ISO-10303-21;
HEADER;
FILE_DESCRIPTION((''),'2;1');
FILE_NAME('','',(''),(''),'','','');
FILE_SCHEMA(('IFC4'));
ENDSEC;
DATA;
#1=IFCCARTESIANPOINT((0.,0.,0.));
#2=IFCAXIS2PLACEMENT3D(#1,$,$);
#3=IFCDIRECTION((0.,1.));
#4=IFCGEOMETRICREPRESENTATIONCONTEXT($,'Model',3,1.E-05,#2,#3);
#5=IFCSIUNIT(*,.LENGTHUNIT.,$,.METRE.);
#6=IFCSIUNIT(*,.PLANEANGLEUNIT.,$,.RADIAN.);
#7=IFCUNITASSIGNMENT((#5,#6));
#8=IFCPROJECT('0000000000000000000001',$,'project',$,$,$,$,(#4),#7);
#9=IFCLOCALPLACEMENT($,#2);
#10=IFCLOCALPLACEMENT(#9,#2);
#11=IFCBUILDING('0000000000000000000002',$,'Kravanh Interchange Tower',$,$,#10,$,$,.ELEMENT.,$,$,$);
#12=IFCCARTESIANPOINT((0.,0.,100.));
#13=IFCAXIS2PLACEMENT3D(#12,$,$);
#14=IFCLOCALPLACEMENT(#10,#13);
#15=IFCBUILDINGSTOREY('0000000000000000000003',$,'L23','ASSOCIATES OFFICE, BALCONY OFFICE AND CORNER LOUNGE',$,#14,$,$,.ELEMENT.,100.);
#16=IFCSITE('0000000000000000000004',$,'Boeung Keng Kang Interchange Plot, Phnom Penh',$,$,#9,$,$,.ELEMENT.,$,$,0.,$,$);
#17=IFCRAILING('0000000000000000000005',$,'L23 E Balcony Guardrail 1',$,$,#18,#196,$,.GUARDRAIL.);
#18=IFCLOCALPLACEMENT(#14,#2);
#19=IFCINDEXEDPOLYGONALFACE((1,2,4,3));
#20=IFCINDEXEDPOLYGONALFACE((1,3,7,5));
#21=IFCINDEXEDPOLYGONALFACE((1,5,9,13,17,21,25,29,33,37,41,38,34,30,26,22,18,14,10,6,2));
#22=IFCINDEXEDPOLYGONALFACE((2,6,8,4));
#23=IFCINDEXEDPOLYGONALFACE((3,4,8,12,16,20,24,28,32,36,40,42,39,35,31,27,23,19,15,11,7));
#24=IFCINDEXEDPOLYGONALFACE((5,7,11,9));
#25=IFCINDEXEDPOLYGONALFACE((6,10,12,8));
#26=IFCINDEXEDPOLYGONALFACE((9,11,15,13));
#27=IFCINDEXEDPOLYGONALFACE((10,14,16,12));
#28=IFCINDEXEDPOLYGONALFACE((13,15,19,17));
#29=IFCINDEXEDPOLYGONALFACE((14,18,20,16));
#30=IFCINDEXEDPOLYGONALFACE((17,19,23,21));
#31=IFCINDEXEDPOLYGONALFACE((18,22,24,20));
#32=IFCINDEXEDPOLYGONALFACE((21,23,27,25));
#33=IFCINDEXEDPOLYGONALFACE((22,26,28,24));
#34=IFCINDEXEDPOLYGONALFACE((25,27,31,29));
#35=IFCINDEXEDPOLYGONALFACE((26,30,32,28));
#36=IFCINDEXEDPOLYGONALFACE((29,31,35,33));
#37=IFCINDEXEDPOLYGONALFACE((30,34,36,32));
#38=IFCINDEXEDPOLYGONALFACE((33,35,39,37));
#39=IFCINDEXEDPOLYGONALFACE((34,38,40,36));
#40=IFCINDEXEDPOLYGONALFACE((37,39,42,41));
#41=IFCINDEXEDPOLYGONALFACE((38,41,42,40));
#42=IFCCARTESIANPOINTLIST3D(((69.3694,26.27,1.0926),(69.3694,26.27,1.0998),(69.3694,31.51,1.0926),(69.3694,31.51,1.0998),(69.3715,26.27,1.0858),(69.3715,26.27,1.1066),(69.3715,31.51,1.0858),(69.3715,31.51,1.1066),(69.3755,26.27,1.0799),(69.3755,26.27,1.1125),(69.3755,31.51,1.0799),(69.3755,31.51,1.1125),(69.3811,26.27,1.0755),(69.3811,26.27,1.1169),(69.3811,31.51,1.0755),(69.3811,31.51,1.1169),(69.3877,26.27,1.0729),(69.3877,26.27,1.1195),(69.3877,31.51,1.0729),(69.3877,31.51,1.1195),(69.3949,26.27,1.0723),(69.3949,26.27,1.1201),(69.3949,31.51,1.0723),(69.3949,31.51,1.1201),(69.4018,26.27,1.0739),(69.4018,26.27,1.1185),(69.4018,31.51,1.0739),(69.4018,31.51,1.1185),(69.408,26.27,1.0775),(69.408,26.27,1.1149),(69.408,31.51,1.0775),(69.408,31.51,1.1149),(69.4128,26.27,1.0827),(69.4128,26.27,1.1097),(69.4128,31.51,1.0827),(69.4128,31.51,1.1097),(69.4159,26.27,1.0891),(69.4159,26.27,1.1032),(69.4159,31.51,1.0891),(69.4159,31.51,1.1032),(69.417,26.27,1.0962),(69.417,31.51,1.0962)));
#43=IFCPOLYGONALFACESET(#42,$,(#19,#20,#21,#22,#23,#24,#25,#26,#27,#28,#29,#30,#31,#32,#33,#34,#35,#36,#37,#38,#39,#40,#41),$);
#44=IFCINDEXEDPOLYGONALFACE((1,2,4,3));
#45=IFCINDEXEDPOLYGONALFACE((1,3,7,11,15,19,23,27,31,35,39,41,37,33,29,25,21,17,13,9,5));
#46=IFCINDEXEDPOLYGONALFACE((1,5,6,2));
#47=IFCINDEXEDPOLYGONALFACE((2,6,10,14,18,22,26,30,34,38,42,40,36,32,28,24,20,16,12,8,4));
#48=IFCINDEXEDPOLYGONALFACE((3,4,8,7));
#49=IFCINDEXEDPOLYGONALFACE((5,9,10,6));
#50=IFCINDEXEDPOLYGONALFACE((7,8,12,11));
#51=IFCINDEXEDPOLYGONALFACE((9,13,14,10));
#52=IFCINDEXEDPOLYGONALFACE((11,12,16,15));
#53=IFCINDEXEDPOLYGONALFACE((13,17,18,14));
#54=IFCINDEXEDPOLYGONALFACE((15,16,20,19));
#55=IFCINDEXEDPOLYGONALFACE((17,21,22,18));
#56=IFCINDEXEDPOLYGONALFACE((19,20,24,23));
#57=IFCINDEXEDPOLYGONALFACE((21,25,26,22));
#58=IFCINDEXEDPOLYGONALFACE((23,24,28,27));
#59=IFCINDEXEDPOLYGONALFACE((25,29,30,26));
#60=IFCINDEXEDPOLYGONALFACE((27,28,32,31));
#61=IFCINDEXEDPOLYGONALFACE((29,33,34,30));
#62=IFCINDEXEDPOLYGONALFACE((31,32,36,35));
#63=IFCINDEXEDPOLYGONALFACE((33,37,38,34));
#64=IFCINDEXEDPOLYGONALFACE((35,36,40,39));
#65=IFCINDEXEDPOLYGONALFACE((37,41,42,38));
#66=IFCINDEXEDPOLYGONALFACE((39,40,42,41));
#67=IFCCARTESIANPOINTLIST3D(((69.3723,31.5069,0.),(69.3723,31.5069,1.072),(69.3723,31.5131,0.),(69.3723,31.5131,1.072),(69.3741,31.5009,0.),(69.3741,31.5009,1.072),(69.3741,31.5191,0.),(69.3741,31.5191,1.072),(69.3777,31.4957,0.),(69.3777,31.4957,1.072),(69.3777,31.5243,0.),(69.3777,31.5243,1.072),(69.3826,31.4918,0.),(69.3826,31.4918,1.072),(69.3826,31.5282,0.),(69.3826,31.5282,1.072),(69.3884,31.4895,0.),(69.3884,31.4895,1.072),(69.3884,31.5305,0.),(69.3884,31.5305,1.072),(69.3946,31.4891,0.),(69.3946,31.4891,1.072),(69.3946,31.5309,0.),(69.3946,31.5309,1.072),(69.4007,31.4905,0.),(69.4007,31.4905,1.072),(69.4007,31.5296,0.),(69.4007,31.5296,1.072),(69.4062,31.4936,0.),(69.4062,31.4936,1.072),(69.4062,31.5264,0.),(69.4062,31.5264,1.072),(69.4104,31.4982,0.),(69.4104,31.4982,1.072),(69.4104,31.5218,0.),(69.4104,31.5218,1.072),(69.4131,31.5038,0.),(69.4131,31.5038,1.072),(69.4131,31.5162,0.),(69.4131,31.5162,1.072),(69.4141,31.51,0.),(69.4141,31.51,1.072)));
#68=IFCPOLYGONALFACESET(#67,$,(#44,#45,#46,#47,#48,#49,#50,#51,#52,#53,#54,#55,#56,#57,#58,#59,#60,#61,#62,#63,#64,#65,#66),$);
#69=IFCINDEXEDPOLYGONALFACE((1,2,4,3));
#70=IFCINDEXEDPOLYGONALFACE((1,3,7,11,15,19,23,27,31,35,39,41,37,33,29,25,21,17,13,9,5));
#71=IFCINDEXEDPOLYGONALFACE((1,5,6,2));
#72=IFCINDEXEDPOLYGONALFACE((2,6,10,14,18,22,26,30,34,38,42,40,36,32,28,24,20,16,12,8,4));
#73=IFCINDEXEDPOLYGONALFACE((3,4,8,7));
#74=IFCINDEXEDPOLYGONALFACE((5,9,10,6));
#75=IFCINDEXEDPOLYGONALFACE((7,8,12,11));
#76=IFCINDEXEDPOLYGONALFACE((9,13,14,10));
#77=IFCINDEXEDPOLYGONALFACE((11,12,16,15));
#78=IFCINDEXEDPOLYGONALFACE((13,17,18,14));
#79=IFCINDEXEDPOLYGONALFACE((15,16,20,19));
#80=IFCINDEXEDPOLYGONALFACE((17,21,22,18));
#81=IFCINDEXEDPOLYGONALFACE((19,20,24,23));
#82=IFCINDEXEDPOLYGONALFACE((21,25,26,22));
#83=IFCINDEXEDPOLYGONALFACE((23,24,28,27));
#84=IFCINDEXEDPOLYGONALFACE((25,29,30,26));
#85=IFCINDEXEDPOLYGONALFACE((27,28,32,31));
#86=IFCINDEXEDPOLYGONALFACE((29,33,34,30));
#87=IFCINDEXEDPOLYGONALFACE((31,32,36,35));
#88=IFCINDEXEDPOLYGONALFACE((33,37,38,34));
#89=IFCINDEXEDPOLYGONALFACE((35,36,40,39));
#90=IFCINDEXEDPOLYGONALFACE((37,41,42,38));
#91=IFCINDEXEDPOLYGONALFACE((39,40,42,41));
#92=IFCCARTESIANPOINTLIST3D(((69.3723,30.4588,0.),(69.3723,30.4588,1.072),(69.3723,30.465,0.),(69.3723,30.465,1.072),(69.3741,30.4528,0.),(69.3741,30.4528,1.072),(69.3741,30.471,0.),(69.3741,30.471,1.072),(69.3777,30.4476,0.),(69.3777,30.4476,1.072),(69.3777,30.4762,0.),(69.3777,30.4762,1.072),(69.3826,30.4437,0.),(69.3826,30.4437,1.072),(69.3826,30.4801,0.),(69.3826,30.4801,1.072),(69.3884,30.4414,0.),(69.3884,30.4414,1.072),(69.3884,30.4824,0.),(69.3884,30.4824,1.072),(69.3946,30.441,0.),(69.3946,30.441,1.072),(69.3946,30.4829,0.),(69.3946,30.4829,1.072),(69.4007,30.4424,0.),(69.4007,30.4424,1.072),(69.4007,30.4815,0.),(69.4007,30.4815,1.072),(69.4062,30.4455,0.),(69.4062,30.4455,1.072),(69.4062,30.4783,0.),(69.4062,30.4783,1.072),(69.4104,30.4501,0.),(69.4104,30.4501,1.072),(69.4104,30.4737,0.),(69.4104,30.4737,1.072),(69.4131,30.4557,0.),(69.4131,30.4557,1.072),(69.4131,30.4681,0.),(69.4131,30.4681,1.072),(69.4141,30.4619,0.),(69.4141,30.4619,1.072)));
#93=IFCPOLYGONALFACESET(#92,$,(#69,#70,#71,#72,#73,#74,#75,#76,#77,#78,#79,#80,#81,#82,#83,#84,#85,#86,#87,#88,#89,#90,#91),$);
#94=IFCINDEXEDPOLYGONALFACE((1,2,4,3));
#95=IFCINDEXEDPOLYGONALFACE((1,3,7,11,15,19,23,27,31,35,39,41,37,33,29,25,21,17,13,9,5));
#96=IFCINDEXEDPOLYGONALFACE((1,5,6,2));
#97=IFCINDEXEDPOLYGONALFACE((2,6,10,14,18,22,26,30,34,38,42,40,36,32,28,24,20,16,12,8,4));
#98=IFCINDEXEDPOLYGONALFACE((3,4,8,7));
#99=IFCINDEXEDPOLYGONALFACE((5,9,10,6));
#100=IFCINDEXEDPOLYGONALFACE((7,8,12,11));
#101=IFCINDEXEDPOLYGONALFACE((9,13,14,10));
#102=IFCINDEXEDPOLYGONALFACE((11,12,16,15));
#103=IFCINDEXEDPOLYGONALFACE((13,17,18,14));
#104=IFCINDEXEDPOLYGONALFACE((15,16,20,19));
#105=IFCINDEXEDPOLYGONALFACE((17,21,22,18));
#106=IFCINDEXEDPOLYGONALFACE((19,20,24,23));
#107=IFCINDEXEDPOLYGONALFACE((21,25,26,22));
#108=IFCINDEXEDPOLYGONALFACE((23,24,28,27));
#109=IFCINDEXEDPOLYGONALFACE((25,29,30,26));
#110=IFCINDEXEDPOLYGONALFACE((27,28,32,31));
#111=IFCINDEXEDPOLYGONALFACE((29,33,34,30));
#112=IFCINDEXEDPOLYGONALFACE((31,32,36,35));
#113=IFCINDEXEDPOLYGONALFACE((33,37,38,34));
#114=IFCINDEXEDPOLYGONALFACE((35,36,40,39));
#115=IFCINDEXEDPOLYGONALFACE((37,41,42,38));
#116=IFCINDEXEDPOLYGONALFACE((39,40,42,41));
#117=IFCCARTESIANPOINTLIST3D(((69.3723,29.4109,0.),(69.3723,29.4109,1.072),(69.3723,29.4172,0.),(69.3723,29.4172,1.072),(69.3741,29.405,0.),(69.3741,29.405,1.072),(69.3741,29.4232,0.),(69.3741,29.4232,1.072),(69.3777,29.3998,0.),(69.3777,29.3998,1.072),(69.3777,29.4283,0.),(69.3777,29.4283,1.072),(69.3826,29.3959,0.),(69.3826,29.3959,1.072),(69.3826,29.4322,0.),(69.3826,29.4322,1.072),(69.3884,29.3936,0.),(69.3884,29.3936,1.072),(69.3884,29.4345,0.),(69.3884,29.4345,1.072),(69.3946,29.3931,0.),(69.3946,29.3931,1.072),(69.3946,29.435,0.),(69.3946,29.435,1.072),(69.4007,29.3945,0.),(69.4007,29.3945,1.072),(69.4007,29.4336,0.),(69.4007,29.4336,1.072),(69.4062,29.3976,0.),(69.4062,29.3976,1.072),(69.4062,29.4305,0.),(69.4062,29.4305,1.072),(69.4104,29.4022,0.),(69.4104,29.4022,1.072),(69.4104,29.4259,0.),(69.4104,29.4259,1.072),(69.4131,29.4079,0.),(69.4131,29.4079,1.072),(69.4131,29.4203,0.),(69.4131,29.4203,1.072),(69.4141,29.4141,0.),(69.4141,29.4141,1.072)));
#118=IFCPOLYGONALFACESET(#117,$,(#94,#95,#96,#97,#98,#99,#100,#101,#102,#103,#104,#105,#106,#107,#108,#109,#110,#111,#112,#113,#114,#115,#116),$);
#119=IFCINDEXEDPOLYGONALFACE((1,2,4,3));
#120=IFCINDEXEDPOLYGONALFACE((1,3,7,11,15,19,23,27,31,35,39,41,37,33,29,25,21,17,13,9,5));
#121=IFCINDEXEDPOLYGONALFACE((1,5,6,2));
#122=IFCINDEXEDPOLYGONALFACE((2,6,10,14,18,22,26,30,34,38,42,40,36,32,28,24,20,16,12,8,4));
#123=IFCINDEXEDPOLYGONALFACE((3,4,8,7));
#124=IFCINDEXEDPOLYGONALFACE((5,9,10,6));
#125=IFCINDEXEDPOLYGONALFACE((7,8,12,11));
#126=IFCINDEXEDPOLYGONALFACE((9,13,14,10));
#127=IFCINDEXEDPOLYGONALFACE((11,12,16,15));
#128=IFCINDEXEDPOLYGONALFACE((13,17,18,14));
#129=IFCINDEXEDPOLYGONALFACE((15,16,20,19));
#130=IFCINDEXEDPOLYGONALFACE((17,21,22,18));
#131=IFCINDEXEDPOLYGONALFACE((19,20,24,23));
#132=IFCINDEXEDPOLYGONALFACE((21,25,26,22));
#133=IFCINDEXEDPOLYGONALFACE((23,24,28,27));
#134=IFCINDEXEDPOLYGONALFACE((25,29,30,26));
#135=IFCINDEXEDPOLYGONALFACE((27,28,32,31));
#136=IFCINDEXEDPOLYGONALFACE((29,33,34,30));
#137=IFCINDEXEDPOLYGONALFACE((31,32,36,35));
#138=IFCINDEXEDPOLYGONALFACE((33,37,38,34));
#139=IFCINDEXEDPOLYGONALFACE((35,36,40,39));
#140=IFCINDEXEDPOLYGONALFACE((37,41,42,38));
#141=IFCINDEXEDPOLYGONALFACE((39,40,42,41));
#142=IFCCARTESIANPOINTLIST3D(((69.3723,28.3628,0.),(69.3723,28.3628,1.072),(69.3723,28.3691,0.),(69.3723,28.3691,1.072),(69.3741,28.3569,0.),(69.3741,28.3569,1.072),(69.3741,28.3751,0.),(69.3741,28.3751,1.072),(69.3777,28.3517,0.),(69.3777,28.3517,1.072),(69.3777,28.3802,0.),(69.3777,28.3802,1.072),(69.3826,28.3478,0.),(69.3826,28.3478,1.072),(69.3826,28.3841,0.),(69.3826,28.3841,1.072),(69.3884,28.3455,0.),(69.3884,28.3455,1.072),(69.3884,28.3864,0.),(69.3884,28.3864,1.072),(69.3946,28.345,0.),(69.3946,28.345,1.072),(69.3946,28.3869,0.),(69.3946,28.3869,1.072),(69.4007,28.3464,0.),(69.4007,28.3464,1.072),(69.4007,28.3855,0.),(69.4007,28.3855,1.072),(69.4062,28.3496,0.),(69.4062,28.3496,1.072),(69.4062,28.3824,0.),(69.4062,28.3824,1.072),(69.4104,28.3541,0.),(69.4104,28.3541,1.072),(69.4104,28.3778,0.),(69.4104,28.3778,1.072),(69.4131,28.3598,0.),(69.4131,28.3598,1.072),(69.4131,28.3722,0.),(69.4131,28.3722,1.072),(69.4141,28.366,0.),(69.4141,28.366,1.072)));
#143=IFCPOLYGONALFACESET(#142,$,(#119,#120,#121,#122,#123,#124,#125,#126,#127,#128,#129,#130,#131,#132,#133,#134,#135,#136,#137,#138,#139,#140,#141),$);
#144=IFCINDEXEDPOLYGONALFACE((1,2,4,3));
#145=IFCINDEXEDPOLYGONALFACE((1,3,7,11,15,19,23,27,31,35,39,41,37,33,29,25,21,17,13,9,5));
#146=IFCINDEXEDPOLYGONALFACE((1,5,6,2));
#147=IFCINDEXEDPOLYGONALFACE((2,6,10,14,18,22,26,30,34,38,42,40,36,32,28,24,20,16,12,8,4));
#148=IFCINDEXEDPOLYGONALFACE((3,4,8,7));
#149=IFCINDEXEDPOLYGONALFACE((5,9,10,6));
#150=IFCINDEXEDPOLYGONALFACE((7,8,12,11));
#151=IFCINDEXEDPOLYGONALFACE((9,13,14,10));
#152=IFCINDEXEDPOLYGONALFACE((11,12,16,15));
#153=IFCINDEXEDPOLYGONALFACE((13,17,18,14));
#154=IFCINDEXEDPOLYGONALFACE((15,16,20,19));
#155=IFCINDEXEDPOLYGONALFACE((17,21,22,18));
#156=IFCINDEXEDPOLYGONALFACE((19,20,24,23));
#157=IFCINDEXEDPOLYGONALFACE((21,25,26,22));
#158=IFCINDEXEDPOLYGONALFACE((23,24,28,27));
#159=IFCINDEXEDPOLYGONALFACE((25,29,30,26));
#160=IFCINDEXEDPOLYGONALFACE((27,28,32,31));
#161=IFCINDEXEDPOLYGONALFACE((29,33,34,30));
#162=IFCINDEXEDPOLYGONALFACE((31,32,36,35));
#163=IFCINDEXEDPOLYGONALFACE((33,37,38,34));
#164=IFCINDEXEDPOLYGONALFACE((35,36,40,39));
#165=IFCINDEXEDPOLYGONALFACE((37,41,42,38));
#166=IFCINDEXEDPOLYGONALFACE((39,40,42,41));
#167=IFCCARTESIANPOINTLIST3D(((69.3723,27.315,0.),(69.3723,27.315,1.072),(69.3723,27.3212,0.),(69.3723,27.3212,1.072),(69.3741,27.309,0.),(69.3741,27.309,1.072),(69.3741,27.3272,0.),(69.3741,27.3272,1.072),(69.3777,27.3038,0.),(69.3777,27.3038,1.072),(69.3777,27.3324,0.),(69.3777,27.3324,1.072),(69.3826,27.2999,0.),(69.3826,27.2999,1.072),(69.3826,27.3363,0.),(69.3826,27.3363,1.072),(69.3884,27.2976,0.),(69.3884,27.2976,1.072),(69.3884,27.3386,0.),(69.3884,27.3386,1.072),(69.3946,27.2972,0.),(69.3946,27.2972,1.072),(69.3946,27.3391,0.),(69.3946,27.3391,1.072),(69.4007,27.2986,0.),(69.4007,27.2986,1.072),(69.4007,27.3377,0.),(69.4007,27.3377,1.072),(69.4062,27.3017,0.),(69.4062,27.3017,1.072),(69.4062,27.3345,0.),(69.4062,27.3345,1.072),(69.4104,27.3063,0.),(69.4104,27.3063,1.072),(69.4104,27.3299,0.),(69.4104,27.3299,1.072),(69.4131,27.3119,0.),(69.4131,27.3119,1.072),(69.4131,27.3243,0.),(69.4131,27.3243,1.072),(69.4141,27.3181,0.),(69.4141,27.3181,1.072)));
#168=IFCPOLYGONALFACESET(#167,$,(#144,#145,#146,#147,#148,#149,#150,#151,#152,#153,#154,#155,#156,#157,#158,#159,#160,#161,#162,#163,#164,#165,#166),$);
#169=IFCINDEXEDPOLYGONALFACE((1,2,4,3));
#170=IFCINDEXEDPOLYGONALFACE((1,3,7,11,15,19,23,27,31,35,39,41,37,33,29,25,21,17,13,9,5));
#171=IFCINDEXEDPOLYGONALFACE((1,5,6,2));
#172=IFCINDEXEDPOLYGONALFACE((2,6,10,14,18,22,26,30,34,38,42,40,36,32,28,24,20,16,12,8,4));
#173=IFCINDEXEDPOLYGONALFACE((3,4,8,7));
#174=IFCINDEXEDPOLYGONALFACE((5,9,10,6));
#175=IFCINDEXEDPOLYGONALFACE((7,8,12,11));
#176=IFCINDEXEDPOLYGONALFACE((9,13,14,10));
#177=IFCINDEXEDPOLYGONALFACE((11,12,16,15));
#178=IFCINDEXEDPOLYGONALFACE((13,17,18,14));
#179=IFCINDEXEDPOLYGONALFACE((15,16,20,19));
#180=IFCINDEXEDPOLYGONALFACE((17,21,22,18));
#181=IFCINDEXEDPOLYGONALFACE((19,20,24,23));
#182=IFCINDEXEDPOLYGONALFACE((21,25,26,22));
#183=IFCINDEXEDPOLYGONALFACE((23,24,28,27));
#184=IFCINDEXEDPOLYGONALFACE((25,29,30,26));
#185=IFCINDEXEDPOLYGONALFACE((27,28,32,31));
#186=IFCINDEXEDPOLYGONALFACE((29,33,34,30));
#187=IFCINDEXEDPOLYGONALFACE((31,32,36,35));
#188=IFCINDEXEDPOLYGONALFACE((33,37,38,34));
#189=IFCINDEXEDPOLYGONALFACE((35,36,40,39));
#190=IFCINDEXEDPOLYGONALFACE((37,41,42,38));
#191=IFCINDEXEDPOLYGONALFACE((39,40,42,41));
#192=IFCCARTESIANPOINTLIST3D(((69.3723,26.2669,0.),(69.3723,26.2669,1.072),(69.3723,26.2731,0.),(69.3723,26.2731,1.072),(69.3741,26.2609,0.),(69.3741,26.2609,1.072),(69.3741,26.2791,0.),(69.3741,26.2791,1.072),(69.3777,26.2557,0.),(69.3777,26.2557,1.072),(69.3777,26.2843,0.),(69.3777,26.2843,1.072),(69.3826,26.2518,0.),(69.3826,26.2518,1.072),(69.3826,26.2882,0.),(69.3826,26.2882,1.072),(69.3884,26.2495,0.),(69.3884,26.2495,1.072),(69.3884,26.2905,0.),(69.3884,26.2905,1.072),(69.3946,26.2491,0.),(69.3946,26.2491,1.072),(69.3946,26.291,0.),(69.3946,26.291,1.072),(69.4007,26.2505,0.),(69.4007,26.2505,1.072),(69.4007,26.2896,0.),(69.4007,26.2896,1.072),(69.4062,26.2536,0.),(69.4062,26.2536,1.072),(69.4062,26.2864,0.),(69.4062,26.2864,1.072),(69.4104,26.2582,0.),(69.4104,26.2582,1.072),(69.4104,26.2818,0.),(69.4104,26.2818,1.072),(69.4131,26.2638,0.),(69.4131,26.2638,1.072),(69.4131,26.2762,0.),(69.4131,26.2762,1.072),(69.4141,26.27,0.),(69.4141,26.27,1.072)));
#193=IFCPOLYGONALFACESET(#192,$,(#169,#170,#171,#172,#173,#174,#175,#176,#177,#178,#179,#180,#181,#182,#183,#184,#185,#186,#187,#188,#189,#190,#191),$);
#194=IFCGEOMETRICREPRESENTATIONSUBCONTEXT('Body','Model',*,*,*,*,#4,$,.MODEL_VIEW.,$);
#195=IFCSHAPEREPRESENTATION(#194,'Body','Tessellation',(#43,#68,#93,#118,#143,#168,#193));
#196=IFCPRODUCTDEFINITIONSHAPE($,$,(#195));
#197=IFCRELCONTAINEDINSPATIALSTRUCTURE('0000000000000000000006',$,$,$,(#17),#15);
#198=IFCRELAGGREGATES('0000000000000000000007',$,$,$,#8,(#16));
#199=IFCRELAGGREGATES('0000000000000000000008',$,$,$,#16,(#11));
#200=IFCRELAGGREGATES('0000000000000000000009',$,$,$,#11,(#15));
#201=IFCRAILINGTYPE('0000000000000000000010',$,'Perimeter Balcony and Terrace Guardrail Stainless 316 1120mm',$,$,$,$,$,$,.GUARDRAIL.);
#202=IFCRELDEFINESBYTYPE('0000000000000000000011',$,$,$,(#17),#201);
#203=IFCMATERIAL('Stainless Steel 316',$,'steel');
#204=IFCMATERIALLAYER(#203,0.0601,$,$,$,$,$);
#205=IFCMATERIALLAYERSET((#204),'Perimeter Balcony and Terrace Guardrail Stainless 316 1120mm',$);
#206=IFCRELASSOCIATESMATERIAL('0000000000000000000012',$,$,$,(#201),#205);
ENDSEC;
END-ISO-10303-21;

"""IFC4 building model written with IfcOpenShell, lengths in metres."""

from ifc_helpers import new_model, si_unit, direction, frame, origin, origin_2d, place, context, subcontext, project, spatial, circle, extrude, material, layer, layer_set, type_object, element, save


model = new_model("IFC4")

# Units and contexts
model_context = context("Model", 3, precision=1e-05, world=origin(), true_north=direction((0.0, 1.0)))
body_context = subcontext(model_context, "Body", "Model", "MODEL_VIEW")
ifc_project = project(units=[si_unit("LENGTHUNIT", "METRE"), si_unit("PLANEANGLEUNIT", "RADIAN")], contexts=[model_context])

# Site, building, storey
site_placement = place(None, origin())
site = spatial("IfcSite", under=ifc_project, at=site_placement, Name="Boeung Keng Kang Interchange Plot, Phnom Penh", CompositionType="ELEMENT", RefElevation=0.0)
building_placement = place(site_placement, origin())
building = spatial("IfcBuilding", under=site, at=building_placement, Name="Kravanh Interchange Tower", CompositionType="ELEMENT")
storey_placement = place(building_placement, frame((0.0, 0.0, 100.0)))
storey = spatial("IfcBuildingStorey", under=building, at=storey_placement, Name="L23", Description="ASSOCIATES OFFICE, BALCONY OFFICE AND CORNER LOUNGE", CompositionType="ELEMENT", Elevation=100.0)

# Railing
ifc_material_1 = material(Name="Stainless Steel 316", Category="steel")
ifc_layer_1 = layer(ifc_material_1, 0.0601)
ifc_layer_set_1 = layer_set([ifc_layer_1], Name="Perimeter Balcony and Terrace Guardrail Stainless 316 1120mm")
railing_type = type_object("IfcRailingType", Name="Perimeter Balcony and Terrace Guardrail Stainless 316 1120mm", PredefinedType="GUARDRAIL", material=ifc_layer_set_1)
railing_1_placement = place(storey_placement, frame((69.3931, 31.51, 0.0)))
element("IfcRailing", 1, at=railing_1_placement, inside=storey, type_object=railing_type, Name="L23 E Balcony Guardrail 1", PredefinedType="GUARDRAIL", context=body_context, shape_type="SweptSolid", body=[
    extrude(circle(Radius=0.0239, at=origin_2d()), frame((0.0, 0.0, 1.0962), z_axis=(0.0, -1.0, 0.0), x_axis=(1.0, 0.0, 0.0)), (0.0, 0.0, 1.0), 5.24),
    extrude(circle(Radius=0.021, at=origin_2d()), origin(), (0.0, 0.0, 1.0), 1.072),
    extrude(circle(Radius=0.021, at=origin_2d()), frame((0.0, -1.0481, 0.0)), (0.0, 0.0, 1.0), 1.072),
    extrude(circle(Radius=0.021, at=origin_2d()), frame((0.0, -2.0959, 0.0)), (0.0, 0.0, 1.0), 1.072),
    extrude(circle(Radius=0.021, at=origin_2d()), frame((0.0, -3.144, 0.0)), (0.0, 0.0, 1.0), 1.072),
    extrude(circle(Radius=0.021, at=origin_2d()), frame((0.0, -4.1919, 0.0)), (0.0, 0.0, 1.0), 1.072),
    extrude(circle(Radius=0.021, at=origin_2d()), frame((0.0, -5.24, 0.0)), (0.0, 0.0, 1.0), 1.072),
])

save(model, "model.ifc")
